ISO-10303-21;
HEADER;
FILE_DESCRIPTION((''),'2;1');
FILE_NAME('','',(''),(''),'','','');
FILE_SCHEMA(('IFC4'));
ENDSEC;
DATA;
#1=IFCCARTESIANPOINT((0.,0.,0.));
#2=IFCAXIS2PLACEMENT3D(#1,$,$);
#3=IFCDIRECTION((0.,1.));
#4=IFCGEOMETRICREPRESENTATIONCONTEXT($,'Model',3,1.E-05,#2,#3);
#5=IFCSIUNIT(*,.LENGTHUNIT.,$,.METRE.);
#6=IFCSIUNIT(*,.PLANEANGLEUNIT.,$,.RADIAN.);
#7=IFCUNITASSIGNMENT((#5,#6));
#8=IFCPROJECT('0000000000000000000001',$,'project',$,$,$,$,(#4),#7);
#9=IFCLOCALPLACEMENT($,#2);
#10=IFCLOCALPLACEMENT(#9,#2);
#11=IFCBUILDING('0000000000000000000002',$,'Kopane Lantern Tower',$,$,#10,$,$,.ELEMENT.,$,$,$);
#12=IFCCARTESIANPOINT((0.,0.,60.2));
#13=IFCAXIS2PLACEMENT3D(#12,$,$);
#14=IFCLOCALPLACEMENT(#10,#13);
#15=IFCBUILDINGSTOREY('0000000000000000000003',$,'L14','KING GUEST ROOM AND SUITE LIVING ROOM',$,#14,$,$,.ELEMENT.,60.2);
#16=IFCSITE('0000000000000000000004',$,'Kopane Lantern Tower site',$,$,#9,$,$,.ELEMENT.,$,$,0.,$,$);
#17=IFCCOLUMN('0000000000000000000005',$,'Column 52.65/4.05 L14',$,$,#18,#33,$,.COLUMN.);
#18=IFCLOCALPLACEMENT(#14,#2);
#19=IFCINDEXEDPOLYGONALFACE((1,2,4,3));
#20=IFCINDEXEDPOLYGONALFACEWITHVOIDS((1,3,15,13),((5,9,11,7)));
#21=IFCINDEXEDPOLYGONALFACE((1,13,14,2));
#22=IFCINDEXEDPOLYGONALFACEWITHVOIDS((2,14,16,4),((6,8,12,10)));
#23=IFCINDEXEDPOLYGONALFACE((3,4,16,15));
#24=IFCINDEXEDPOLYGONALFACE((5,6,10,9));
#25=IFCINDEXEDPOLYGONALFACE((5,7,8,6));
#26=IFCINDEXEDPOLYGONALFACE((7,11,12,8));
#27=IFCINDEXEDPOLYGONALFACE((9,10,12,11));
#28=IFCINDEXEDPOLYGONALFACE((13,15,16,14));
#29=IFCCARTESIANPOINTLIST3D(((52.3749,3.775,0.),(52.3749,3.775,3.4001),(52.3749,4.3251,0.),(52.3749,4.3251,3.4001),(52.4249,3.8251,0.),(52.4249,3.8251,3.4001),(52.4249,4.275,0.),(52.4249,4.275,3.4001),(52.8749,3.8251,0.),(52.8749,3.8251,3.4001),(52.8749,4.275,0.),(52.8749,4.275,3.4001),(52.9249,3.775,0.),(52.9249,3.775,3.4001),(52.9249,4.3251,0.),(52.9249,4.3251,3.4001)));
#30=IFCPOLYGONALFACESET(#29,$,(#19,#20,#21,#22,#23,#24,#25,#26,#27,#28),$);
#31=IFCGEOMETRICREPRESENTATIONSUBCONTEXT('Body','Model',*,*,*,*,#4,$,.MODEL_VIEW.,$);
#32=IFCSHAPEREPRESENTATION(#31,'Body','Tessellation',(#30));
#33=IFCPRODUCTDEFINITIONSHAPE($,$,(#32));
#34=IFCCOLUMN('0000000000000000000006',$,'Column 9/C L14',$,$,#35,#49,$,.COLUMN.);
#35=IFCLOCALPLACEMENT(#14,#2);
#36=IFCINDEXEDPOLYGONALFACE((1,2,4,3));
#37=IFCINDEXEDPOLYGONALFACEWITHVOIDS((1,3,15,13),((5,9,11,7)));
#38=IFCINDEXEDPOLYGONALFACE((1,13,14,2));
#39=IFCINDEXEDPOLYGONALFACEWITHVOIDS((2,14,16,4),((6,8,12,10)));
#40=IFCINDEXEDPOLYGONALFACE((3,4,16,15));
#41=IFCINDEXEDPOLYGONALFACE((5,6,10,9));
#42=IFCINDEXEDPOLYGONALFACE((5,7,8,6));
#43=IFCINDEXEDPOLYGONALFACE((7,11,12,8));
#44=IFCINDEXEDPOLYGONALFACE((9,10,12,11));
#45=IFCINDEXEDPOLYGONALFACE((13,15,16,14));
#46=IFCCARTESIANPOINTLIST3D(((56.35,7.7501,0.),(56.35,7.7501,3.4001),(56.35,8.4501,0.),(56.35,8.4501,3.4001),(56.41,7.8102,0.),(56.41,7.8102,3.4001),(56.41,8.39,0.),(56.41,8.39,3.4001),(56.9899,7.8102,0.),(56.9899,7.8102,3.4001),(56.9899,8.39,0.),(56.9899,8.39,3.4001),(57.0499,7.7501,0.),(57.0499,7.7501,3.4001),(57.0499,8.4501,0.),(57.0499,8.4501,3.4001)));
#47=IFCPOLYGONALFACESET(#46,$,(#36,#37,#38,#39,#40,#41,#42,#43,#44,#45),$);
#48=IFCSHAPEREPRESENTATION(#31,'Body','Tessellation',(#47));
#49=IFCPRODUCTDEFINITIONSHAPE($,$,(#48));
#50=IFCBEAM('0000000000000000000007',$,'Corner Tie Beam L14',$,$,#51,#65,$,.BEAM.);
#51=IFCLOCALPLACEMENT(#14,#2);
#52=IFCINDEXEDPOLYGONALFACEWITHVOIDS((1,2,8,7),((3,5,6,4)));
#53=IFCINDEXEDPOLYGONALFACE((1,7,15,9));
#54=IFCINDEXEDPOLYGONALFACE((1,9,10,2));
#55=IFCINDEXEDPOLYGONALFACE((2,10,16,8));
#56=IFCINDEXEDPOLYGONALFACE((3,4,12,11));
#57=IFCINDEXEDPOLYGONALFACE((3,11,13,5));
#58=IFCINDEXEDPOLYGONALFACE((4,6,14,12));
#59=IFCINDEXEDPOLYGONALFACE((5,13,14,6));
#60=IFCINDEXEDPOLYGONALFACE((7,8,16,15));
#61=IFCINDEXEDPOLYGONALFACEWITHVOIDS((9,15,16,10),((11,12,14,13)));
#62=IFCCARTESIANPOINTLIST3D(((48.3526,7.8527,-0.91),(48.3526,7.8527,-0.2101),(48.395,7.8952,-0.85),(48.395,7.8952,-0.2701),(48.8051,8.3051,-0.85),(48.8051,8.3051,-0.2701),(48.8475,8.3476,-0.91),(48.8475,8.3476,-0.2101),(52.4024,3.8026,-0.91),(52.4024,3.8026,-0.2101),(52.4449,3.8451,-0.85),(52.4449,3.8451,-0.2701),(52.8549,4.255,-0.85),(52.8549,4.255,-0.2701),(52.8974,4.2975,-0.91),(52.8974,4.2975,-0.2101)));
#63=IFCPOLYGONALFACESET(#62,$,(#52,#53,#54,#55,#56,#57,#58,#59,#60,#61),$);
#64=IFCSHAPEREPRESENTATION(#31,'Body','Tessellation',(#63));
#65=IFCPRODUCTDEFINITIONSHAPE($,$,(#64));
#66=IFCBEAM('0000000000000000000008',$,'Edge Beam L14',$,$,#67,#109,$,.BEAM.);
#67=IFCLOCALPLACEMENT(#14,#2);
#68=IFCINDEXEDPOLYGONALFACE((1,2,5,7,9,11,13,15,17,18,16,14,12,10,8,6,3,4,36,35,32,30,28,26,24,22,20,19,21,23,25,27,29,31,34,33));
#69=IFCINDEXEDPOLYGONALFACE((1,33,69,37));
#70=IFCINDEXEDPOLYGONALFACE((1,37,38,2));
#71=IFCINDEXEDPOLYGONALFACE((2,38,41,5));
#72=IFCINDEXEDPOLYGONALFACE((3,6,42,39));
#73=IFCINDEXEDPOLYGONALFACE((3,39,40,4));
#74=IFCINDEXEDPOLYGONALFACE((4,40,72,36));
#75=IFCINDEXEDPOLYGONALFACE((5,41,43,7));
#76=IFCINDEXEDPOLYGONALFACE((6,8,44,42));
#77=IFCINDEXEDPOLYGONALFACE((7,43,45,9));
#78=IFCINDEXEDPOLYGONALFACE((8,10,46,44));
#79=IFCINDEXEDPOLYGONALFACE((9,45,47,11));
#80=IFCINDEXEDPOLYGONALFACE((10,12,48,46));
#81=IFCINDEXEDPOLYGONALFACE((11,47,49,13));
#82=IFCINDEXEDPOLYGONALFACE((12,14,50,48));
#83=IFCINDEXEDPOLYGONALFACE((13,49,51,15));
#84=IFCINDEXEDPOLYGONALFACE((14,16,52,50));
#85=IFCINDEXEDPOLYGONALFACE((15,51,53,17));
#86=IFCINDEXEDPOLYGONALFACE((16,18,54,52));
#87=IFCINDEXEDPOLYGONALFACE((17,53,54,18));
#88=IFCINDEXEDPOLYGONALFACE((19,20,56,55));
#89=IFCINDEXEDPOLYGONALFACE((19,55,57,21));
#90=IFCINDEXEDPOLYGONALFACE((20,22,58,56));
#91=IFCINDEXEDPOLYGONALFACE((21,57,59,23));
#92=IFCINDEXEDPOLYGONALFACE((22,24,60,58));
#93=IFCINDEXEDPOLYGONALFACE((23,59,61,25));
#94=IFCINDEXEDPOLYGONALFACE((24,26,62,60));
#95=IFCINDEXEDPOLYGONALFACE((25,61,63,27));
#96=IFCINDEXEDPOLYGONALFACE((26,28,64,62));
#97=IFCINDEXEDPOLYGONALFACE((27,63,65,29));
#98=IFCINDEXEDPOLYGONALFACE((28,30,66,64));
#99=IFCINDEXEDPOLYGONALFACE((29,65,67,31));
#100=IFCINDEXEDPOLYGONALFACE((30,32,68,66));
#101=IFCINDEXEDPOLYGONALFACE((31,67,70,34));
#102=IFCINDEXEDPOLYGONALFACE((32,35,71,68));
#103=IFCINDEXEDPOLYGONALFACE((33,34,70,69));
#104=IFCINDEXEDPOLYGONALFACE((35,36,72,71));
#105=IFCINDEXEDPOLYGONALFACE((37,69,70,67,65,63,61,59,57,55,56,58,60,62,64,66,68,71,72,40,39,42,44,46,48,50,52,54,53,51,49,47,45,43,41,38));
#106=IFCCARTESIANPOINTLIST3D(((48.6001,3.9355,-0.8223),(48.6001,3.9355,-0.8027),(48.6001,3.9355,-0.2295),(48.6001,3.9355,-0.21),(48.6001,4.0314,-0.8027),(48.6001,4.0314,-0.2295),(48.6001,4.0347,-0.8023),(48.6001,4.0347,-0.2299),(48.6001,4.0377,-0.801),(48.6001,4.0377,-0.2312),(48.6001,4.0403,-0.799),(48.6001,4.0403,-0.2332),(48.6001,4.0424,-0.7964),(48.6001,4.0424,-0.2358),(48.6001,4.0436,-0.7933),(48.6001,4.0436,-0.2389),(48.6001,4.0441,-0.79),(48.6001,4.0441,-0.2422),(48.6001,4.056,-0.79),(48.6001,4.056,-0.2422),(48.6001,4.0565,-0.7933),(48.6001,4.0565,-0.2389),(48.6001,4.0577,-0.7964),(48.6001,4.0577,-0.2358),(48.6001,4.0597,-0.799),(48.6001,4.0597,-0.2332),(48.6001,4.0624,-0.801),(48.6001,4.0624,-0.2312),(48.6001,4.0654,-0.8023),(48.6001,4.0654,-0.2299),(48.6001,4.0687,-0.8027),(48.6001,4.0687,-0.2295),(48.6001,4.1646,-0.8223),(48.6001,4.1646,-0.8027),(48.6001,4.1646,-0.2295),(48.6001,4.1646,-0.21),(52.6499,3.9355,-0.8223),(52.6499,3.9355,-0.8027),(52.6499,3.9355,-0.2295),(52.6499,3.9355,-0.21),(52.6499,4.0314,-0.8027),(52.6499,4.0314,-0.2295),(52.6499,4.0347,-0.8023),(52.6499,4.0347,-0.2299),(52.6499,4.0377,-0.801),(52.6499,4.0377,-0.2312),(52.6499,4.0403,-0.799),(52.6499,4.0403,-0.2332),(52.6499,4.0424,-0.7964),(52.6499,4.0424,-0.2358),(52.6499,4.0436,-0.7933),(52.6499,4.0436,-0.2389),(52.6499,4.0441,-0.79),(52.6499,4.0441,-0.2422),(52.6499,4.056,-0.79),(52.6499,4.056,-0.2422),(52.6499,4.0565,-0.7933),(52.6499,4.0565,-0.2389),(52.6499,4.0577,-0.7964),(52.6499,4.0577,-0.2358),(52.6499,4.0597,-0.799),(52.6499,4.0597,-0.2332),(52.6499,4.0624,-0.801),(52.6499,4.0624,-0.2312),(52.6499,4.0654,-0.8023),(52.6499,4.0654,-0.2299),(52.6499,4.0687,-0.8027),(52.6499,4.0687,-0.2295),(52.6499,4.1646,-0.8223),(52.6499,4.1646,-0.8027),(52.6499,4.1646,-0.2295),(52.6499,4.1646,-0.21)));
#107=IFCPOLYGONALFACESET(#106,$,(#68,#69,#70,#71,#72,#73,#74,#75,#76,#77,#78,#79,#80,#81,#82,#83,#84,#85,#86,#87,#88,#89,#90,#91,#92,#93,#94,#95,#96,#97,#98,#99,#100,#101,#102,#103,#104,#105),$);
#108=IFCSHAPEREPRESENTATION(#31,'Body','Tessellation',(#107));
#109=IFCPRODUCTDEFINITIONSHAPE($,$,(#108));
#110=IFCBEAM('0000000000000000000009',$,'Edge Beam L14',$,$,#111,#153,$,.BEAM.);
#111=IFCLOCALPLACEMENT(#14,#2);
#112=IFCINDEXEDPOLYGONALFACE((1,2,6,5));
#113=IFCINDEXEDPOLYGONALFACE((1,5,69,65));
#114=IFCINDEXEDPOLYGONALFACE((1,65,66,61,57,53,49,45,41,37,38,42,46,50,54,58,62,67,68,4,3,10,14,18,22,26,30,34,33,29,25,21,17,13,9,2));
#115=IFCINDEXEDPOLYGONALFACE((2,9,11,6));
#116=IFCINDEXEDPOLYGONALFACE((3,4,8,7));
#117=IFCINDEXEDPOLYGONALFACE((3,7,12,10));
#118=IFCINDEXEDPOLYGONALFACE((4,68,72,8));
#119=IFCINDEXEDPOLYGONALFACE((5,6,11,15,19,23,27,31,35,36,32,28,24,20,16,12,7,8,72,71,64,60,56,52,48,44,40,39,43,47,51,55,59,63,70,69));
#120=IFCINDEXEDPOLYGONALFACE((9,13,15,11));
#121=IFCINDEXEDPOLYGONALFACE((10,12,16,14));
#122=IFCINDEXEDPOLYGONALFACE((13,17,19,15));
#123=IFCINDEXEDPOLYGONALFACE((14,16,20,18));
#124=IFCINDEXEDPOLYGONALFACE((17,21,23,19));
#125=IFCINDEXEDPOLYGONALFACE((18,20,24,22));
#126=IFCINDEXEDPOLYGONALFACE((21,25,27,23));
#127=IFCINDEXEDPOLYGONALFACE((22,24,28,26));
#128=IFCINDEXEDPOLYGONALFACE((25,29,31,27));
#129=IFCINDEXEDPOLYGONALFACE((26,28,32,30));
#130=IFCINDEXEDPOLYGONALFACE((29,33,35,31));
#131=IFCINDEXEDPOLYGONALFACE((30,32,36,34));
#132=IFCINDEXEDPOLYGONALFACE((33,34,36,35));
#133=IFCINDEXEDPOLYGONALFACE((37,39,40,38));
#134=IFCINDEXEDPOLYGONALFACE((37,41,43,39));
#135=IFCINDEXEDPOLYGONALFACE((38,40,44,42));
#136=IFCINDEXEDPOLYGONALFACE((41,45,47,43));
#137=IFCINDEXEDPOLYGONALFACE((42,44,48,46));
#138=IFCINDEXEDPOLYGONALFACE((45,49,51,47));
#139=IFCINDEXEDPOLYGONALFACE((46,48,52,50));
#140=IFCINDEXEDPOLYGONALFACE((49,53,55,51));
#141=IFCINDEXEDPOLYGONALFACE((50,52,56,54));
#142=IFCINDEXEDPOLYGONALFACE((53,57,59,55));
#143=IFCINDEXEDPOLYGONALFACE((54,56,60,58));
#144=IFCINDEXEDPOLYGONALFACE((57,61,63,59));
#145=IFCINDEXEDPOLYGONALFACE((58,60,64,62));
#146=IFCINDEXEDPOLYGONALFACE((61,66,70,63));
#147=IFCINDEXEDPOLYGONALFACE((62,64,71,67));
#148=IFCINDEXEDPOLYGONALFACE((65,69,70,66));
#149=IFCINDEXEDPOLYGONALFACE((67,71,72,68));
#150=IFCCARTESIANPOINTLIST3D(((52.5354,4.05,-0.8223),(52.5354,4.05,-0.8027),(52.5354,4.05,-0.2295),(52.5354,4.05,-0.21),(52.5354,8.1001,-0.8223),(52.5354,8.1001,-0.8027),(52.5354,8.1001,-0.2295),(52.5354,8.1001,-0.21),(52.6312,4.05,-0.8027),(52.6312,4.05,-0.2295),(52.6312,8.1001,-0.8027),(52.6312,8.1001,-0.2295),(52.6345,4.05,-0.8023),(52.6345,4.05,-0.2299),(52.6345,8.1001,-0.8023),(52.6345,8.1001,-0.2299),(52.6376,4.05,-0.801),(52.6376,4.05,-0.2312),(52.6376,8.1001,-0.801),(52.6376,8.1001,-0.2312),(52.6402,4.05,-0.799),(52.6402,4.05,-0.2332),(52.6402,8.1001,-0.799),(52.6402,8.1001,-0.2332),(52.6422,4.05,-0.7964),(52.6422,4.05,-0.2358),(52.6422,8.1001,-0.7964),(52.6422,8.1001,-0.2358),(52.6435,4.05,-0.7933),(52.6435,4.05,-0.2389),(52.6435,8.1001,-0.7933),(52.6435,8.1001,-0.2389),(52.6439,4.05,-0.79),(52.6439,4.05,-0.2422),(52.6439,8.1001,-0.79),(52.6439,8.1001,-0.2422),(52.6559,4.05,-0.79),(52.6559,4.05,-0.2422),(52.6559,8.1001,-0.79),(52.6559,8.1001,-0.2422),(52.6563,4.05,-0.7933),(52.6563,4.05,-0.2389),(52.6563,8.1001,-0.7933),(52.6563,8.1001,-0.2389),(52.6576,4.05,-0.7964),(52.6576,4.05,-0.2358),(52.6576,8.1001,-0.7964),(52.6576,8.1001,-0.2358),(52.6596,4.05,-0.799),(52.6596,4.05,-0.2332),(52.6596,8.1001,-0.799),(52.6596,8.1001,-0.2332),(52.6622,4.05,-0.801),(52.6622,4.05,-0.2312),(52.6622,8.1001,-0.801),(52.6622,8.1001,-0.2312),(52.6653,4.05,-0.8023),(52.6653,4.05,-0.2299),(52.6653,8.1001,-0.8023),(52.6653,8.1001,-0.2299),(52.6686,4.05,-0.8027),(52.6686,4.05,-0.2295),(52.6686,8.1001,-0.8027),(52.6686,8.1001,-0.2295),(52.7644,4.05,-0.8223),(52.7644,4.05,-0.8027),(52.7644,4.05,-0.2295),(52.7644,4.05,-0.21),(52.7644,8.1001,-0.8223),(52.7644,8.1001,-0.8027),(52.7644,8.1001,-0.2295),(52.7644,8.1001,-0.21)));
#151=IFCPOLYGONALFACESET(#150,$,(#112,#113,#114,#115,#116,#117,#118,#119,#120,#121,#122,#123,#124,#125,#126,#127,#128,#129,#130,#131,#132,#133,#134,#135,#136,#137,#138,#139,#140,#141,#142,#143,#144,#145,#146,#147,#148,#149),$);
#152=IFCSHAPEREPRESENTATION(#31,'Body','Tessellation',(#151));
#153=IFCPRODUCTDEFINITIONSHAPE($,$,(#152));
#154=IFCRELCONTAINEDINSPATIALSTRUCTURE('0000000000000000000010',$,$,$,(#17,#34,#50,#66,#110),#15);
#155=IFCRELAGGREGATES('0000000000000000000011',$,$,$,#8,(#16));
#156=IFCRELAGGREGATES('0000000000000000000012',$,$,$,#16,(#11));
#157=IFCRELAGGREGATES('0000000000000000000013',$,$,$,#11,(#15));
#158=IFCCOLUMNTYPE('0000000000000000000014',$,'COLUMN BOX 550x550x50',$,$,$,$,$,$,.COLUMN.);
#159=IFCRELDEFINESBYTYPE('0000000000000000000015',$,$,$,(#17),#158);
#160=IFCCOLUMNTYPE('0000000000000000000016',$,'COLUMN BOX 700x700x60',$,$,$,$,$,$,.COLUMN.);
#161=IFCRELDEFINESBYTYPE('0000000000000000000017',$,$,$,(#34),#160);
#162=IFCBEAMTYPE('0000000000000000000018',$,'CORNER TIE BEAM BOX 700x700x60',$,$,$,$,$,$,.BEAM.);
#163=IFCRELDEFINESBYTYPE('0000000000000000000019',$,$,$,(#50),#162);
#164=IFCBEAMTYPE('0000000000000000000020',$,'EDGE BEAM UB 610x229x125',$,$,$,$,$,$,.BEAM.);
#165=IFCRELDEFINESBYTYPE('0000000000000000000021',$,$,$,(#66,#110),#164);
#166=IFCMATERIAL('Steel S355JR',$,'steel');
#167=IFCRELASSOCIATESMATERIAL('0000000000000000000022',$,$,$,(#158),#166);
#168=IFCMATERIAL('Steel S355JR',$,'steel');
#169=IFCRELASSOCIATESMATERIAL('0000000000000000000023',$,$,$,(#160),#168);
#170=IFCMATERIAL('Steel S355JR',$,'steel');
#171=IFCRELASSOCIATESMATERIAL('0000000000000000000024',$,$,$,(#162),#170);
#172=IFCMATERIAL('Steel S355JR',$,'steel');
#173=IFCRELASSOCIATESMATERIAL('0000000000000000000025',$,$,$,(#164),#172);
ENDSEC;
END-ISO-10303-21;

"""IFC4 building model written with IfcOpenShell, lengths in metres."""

from ifc_helpers import new_model, si_unit, direction, frame, origin, origin_2d, place, context, subcontext, project, spatial, hollow_rectangle, i_section, extrude, material, material_profile, profile_set, type_object, element, save


model = new_model("IFC4")

# Units and contexts
model_context = context("Model", 3, precision=1e-05, world=origin(), true_north=direction((0.0, 1.0)))
body_context = subcontext(model_context, "Body", "Model", "MODEL_VIEW")
ifc_project = project(units=[si_unit("LENGTHUNIT", "METRE"), si_unit("PLANEANGLEUNIT", "RADIAN")], contexts=[model_context])

# Site, building, storey
site_placement = place(None, origin())
site = spatial("IfcSite", under=ifc_project, at=site_placement, Name="Kopane Lantern Tower site", CompositionType="ELEMENT", RefElevation=0.0)
building_placement = place(site_placement, origin())
building = spatial("IfcBuilding", under=site, at=building_placement, Name="Kopane Lantern Tower", CompositionType="ELEMENT")
storey_placement = place(building_placement, frame((0.0, 0.0, 60.2)))
storey = spatial("IfcBuildingStorey", under=building, at=storey_placement, Name="L14", Description="KING GUEST ROOM AND SUITE LIVING ROOM", CompositionType="ELEMENT", Elevation=60.2)

# Columns
ifc_material_1 = material(Name="Steel S355JR", Category="steel")
ifc_material_profile_1 = material_profile(ifc_material_1, hollow_rectangle(XDim=0.55, YDim=0.55, WallThickness=0.05, at=origin_2d()), Name="BOX 550x550x50")
ifc_profile_set_1 = profile_set([ifc_material_profile_1], Name="Steel S355JR")
column_type_1 = type_object("IfcColumnType", Name="COLUMN BOX 550x550x50", PredefinedType="COLUMN", material=ifc_profile_set_1)
column_1_placement = place(storey_placement, frame((52.6499, 4.05, 0.0), z_axis=(0.0, 0.0, 1.0), x_axis=(1.0, 0.0, 0.0)))
element("IfcColumn", 1, at=column_1_placement, inside=storey, type_object=column_type_1, Name="Column 52.65/4.05 L14", PredefinedType="COLUMN", context=body_context, shape_type="SweptSolid", body=[
    extrude(hollow_rectangle(XDim=0.55, YDim=0.55, WallThickness=0.05, at=origin_2d()), origin(), (0.0, 0.0, 1.0), 3.4001),
])
ifc_material_2 = material(Name="Steel S355JR", Category="steel")
ifc_material_profile_2 = material_profile(ifc_material_2, hollow_rectangle(XDim=0.7, YDim=0.7, WallThickness=0.0601, at=origin_2d()), Name="BOX 700x700x60")
ifc_profile_set_2 = profile_set([ifc_material_profile_2], Name="Steel S355JR")
column_type_2 = type_object("IfcColumnType", Name="COLUMN BOX 700x700x60", PredefinedType="COLUMN", material=ifc_profile_set_2)
column_2_placement = place(storey_placement, frame((56.7, 8.1001, 0.0), z_axis=(0.0, 0.0, 1.0), x_axis=(1.0, 0.0, 0.0)))
element("IfcColumn", 2, at=column_2_placement, inside=storey, type_object=column_type_2, Name="Column 9/C L14", PredefinedType="COLUMN", context=body_context, shape_type="SweptSolid", body=[
    extrude(hollow_rectangle(XDim=0.7, YDim=0.7, WallThickness=0.0601, at=origin_2d()), origin(), (0.0, 0.0, 1.0), 3.4001),
])

# Beams
ifc_material_3 = material(Name="Steel S355JR", Category="steel")
ifc_material_profile_3 = material_profile(ifc_material_3, hollow_rectangle(XDim=0.7, YDim=0.7, WallThickness=0.0601, at=origin_2d()), Name="BOX 700x700x60")
ifc_profile_set_3 = profile_set([ifc_material_profile_3], Name="Steel S355JR")
beam_type_1 = type_object("IfcBeamType", Name="CORNER TIE BEAM BOX 700x700x60", PredefinedType="BEAM", material=ifc_profile_set_3)
beam_1_placement = place(storey_placement, frame((52.6499, 4.05, -0.5601), z_axis=(-0.707085, 0.707128, 0.0), x_axis=(-0.707128, -0.707085, 0.0)))
element("IfcBeam", 3, at=beam_1_placement, inside=storey, type_object=beam_type_1, Name="Corner Tie Beam L14", PredefinedType="BEAM", context=body_context, shape_type="SweptSolid", body=[
    extrude(hollow_rectangle(XDim=0.7, YDim=0.7, WallThickness=0.0601, at=origin_2d()), origin(), (0.0, 0.0, 1.0), 5.7275),
])
ifc_material_4 = material(Name="Steel S355JR", Category="steel")
ifc_material_profile_4 = material_profile(ifc_material_4, i_section(OverallWidth=0.229, OverallDepth=0.6123, WebThickness=0.012, FlangeThickness=0.0195, FilletRadius=0.0127, at=origin_2d()), Name="UB 610x229x125")
ifc_profile_set_4 = profile_set([ifc_material_profile_4], Name="Steel S355JR")
beam_type_2 = type_object("IfcBeamType", Name="EDGE BEAM UB 610x229x125", PredefinedType="BEAM", material=ifc_profile_set_4)
beam_2_placement = place(storey_placement, frame((52.6499, 4.05, -0.5161), z_axis=(-1.0, 0.0, 0.0), x_axis=(0.0, -1.0, 0.0)))
element("IfcBeam", 4, at=beam_2_placement, inside=storey, type_object=beam_type_2, Name="Edge Beam L14", PredefinedType="BEAM", context=body_context, shape_type="SweptSolid", body=[
    extrude(i_section(OverallWidth=0.229, OverallDepth=0.6123, WebThickness=0.012, FlangeThickness=0.0195, FilletRadius=0.0127, at=origin_2d()), origin(), (0.0, 0.0, 1.0), 4.0498),
])
beam_3_placement = place(storey_placement, frame((52.6499, 4.05, -0.5161), z_axis=(0.0, 1.0, 0.0), x_axis=(-1.0, 0.0, 0.0)))
element("IfcBeam", 5, at=beam_3_placement, inside=storey, type_object=beam_type_2, Name="Edge Beam L14", PredefinedType="BEAM", context=body_context, shape_type="SweptSolid", body=[
    extrude(i_section(OverallWidth=0.229, OverallDepth=0.6123, WebThickness=0.012, FlangeThickness=0.0195, FilletRadius=0.0127, at=origin_2d()), origin(), (0.0, 0.0, 1.0), 4.05),
])

save(model, "model.ifc")
